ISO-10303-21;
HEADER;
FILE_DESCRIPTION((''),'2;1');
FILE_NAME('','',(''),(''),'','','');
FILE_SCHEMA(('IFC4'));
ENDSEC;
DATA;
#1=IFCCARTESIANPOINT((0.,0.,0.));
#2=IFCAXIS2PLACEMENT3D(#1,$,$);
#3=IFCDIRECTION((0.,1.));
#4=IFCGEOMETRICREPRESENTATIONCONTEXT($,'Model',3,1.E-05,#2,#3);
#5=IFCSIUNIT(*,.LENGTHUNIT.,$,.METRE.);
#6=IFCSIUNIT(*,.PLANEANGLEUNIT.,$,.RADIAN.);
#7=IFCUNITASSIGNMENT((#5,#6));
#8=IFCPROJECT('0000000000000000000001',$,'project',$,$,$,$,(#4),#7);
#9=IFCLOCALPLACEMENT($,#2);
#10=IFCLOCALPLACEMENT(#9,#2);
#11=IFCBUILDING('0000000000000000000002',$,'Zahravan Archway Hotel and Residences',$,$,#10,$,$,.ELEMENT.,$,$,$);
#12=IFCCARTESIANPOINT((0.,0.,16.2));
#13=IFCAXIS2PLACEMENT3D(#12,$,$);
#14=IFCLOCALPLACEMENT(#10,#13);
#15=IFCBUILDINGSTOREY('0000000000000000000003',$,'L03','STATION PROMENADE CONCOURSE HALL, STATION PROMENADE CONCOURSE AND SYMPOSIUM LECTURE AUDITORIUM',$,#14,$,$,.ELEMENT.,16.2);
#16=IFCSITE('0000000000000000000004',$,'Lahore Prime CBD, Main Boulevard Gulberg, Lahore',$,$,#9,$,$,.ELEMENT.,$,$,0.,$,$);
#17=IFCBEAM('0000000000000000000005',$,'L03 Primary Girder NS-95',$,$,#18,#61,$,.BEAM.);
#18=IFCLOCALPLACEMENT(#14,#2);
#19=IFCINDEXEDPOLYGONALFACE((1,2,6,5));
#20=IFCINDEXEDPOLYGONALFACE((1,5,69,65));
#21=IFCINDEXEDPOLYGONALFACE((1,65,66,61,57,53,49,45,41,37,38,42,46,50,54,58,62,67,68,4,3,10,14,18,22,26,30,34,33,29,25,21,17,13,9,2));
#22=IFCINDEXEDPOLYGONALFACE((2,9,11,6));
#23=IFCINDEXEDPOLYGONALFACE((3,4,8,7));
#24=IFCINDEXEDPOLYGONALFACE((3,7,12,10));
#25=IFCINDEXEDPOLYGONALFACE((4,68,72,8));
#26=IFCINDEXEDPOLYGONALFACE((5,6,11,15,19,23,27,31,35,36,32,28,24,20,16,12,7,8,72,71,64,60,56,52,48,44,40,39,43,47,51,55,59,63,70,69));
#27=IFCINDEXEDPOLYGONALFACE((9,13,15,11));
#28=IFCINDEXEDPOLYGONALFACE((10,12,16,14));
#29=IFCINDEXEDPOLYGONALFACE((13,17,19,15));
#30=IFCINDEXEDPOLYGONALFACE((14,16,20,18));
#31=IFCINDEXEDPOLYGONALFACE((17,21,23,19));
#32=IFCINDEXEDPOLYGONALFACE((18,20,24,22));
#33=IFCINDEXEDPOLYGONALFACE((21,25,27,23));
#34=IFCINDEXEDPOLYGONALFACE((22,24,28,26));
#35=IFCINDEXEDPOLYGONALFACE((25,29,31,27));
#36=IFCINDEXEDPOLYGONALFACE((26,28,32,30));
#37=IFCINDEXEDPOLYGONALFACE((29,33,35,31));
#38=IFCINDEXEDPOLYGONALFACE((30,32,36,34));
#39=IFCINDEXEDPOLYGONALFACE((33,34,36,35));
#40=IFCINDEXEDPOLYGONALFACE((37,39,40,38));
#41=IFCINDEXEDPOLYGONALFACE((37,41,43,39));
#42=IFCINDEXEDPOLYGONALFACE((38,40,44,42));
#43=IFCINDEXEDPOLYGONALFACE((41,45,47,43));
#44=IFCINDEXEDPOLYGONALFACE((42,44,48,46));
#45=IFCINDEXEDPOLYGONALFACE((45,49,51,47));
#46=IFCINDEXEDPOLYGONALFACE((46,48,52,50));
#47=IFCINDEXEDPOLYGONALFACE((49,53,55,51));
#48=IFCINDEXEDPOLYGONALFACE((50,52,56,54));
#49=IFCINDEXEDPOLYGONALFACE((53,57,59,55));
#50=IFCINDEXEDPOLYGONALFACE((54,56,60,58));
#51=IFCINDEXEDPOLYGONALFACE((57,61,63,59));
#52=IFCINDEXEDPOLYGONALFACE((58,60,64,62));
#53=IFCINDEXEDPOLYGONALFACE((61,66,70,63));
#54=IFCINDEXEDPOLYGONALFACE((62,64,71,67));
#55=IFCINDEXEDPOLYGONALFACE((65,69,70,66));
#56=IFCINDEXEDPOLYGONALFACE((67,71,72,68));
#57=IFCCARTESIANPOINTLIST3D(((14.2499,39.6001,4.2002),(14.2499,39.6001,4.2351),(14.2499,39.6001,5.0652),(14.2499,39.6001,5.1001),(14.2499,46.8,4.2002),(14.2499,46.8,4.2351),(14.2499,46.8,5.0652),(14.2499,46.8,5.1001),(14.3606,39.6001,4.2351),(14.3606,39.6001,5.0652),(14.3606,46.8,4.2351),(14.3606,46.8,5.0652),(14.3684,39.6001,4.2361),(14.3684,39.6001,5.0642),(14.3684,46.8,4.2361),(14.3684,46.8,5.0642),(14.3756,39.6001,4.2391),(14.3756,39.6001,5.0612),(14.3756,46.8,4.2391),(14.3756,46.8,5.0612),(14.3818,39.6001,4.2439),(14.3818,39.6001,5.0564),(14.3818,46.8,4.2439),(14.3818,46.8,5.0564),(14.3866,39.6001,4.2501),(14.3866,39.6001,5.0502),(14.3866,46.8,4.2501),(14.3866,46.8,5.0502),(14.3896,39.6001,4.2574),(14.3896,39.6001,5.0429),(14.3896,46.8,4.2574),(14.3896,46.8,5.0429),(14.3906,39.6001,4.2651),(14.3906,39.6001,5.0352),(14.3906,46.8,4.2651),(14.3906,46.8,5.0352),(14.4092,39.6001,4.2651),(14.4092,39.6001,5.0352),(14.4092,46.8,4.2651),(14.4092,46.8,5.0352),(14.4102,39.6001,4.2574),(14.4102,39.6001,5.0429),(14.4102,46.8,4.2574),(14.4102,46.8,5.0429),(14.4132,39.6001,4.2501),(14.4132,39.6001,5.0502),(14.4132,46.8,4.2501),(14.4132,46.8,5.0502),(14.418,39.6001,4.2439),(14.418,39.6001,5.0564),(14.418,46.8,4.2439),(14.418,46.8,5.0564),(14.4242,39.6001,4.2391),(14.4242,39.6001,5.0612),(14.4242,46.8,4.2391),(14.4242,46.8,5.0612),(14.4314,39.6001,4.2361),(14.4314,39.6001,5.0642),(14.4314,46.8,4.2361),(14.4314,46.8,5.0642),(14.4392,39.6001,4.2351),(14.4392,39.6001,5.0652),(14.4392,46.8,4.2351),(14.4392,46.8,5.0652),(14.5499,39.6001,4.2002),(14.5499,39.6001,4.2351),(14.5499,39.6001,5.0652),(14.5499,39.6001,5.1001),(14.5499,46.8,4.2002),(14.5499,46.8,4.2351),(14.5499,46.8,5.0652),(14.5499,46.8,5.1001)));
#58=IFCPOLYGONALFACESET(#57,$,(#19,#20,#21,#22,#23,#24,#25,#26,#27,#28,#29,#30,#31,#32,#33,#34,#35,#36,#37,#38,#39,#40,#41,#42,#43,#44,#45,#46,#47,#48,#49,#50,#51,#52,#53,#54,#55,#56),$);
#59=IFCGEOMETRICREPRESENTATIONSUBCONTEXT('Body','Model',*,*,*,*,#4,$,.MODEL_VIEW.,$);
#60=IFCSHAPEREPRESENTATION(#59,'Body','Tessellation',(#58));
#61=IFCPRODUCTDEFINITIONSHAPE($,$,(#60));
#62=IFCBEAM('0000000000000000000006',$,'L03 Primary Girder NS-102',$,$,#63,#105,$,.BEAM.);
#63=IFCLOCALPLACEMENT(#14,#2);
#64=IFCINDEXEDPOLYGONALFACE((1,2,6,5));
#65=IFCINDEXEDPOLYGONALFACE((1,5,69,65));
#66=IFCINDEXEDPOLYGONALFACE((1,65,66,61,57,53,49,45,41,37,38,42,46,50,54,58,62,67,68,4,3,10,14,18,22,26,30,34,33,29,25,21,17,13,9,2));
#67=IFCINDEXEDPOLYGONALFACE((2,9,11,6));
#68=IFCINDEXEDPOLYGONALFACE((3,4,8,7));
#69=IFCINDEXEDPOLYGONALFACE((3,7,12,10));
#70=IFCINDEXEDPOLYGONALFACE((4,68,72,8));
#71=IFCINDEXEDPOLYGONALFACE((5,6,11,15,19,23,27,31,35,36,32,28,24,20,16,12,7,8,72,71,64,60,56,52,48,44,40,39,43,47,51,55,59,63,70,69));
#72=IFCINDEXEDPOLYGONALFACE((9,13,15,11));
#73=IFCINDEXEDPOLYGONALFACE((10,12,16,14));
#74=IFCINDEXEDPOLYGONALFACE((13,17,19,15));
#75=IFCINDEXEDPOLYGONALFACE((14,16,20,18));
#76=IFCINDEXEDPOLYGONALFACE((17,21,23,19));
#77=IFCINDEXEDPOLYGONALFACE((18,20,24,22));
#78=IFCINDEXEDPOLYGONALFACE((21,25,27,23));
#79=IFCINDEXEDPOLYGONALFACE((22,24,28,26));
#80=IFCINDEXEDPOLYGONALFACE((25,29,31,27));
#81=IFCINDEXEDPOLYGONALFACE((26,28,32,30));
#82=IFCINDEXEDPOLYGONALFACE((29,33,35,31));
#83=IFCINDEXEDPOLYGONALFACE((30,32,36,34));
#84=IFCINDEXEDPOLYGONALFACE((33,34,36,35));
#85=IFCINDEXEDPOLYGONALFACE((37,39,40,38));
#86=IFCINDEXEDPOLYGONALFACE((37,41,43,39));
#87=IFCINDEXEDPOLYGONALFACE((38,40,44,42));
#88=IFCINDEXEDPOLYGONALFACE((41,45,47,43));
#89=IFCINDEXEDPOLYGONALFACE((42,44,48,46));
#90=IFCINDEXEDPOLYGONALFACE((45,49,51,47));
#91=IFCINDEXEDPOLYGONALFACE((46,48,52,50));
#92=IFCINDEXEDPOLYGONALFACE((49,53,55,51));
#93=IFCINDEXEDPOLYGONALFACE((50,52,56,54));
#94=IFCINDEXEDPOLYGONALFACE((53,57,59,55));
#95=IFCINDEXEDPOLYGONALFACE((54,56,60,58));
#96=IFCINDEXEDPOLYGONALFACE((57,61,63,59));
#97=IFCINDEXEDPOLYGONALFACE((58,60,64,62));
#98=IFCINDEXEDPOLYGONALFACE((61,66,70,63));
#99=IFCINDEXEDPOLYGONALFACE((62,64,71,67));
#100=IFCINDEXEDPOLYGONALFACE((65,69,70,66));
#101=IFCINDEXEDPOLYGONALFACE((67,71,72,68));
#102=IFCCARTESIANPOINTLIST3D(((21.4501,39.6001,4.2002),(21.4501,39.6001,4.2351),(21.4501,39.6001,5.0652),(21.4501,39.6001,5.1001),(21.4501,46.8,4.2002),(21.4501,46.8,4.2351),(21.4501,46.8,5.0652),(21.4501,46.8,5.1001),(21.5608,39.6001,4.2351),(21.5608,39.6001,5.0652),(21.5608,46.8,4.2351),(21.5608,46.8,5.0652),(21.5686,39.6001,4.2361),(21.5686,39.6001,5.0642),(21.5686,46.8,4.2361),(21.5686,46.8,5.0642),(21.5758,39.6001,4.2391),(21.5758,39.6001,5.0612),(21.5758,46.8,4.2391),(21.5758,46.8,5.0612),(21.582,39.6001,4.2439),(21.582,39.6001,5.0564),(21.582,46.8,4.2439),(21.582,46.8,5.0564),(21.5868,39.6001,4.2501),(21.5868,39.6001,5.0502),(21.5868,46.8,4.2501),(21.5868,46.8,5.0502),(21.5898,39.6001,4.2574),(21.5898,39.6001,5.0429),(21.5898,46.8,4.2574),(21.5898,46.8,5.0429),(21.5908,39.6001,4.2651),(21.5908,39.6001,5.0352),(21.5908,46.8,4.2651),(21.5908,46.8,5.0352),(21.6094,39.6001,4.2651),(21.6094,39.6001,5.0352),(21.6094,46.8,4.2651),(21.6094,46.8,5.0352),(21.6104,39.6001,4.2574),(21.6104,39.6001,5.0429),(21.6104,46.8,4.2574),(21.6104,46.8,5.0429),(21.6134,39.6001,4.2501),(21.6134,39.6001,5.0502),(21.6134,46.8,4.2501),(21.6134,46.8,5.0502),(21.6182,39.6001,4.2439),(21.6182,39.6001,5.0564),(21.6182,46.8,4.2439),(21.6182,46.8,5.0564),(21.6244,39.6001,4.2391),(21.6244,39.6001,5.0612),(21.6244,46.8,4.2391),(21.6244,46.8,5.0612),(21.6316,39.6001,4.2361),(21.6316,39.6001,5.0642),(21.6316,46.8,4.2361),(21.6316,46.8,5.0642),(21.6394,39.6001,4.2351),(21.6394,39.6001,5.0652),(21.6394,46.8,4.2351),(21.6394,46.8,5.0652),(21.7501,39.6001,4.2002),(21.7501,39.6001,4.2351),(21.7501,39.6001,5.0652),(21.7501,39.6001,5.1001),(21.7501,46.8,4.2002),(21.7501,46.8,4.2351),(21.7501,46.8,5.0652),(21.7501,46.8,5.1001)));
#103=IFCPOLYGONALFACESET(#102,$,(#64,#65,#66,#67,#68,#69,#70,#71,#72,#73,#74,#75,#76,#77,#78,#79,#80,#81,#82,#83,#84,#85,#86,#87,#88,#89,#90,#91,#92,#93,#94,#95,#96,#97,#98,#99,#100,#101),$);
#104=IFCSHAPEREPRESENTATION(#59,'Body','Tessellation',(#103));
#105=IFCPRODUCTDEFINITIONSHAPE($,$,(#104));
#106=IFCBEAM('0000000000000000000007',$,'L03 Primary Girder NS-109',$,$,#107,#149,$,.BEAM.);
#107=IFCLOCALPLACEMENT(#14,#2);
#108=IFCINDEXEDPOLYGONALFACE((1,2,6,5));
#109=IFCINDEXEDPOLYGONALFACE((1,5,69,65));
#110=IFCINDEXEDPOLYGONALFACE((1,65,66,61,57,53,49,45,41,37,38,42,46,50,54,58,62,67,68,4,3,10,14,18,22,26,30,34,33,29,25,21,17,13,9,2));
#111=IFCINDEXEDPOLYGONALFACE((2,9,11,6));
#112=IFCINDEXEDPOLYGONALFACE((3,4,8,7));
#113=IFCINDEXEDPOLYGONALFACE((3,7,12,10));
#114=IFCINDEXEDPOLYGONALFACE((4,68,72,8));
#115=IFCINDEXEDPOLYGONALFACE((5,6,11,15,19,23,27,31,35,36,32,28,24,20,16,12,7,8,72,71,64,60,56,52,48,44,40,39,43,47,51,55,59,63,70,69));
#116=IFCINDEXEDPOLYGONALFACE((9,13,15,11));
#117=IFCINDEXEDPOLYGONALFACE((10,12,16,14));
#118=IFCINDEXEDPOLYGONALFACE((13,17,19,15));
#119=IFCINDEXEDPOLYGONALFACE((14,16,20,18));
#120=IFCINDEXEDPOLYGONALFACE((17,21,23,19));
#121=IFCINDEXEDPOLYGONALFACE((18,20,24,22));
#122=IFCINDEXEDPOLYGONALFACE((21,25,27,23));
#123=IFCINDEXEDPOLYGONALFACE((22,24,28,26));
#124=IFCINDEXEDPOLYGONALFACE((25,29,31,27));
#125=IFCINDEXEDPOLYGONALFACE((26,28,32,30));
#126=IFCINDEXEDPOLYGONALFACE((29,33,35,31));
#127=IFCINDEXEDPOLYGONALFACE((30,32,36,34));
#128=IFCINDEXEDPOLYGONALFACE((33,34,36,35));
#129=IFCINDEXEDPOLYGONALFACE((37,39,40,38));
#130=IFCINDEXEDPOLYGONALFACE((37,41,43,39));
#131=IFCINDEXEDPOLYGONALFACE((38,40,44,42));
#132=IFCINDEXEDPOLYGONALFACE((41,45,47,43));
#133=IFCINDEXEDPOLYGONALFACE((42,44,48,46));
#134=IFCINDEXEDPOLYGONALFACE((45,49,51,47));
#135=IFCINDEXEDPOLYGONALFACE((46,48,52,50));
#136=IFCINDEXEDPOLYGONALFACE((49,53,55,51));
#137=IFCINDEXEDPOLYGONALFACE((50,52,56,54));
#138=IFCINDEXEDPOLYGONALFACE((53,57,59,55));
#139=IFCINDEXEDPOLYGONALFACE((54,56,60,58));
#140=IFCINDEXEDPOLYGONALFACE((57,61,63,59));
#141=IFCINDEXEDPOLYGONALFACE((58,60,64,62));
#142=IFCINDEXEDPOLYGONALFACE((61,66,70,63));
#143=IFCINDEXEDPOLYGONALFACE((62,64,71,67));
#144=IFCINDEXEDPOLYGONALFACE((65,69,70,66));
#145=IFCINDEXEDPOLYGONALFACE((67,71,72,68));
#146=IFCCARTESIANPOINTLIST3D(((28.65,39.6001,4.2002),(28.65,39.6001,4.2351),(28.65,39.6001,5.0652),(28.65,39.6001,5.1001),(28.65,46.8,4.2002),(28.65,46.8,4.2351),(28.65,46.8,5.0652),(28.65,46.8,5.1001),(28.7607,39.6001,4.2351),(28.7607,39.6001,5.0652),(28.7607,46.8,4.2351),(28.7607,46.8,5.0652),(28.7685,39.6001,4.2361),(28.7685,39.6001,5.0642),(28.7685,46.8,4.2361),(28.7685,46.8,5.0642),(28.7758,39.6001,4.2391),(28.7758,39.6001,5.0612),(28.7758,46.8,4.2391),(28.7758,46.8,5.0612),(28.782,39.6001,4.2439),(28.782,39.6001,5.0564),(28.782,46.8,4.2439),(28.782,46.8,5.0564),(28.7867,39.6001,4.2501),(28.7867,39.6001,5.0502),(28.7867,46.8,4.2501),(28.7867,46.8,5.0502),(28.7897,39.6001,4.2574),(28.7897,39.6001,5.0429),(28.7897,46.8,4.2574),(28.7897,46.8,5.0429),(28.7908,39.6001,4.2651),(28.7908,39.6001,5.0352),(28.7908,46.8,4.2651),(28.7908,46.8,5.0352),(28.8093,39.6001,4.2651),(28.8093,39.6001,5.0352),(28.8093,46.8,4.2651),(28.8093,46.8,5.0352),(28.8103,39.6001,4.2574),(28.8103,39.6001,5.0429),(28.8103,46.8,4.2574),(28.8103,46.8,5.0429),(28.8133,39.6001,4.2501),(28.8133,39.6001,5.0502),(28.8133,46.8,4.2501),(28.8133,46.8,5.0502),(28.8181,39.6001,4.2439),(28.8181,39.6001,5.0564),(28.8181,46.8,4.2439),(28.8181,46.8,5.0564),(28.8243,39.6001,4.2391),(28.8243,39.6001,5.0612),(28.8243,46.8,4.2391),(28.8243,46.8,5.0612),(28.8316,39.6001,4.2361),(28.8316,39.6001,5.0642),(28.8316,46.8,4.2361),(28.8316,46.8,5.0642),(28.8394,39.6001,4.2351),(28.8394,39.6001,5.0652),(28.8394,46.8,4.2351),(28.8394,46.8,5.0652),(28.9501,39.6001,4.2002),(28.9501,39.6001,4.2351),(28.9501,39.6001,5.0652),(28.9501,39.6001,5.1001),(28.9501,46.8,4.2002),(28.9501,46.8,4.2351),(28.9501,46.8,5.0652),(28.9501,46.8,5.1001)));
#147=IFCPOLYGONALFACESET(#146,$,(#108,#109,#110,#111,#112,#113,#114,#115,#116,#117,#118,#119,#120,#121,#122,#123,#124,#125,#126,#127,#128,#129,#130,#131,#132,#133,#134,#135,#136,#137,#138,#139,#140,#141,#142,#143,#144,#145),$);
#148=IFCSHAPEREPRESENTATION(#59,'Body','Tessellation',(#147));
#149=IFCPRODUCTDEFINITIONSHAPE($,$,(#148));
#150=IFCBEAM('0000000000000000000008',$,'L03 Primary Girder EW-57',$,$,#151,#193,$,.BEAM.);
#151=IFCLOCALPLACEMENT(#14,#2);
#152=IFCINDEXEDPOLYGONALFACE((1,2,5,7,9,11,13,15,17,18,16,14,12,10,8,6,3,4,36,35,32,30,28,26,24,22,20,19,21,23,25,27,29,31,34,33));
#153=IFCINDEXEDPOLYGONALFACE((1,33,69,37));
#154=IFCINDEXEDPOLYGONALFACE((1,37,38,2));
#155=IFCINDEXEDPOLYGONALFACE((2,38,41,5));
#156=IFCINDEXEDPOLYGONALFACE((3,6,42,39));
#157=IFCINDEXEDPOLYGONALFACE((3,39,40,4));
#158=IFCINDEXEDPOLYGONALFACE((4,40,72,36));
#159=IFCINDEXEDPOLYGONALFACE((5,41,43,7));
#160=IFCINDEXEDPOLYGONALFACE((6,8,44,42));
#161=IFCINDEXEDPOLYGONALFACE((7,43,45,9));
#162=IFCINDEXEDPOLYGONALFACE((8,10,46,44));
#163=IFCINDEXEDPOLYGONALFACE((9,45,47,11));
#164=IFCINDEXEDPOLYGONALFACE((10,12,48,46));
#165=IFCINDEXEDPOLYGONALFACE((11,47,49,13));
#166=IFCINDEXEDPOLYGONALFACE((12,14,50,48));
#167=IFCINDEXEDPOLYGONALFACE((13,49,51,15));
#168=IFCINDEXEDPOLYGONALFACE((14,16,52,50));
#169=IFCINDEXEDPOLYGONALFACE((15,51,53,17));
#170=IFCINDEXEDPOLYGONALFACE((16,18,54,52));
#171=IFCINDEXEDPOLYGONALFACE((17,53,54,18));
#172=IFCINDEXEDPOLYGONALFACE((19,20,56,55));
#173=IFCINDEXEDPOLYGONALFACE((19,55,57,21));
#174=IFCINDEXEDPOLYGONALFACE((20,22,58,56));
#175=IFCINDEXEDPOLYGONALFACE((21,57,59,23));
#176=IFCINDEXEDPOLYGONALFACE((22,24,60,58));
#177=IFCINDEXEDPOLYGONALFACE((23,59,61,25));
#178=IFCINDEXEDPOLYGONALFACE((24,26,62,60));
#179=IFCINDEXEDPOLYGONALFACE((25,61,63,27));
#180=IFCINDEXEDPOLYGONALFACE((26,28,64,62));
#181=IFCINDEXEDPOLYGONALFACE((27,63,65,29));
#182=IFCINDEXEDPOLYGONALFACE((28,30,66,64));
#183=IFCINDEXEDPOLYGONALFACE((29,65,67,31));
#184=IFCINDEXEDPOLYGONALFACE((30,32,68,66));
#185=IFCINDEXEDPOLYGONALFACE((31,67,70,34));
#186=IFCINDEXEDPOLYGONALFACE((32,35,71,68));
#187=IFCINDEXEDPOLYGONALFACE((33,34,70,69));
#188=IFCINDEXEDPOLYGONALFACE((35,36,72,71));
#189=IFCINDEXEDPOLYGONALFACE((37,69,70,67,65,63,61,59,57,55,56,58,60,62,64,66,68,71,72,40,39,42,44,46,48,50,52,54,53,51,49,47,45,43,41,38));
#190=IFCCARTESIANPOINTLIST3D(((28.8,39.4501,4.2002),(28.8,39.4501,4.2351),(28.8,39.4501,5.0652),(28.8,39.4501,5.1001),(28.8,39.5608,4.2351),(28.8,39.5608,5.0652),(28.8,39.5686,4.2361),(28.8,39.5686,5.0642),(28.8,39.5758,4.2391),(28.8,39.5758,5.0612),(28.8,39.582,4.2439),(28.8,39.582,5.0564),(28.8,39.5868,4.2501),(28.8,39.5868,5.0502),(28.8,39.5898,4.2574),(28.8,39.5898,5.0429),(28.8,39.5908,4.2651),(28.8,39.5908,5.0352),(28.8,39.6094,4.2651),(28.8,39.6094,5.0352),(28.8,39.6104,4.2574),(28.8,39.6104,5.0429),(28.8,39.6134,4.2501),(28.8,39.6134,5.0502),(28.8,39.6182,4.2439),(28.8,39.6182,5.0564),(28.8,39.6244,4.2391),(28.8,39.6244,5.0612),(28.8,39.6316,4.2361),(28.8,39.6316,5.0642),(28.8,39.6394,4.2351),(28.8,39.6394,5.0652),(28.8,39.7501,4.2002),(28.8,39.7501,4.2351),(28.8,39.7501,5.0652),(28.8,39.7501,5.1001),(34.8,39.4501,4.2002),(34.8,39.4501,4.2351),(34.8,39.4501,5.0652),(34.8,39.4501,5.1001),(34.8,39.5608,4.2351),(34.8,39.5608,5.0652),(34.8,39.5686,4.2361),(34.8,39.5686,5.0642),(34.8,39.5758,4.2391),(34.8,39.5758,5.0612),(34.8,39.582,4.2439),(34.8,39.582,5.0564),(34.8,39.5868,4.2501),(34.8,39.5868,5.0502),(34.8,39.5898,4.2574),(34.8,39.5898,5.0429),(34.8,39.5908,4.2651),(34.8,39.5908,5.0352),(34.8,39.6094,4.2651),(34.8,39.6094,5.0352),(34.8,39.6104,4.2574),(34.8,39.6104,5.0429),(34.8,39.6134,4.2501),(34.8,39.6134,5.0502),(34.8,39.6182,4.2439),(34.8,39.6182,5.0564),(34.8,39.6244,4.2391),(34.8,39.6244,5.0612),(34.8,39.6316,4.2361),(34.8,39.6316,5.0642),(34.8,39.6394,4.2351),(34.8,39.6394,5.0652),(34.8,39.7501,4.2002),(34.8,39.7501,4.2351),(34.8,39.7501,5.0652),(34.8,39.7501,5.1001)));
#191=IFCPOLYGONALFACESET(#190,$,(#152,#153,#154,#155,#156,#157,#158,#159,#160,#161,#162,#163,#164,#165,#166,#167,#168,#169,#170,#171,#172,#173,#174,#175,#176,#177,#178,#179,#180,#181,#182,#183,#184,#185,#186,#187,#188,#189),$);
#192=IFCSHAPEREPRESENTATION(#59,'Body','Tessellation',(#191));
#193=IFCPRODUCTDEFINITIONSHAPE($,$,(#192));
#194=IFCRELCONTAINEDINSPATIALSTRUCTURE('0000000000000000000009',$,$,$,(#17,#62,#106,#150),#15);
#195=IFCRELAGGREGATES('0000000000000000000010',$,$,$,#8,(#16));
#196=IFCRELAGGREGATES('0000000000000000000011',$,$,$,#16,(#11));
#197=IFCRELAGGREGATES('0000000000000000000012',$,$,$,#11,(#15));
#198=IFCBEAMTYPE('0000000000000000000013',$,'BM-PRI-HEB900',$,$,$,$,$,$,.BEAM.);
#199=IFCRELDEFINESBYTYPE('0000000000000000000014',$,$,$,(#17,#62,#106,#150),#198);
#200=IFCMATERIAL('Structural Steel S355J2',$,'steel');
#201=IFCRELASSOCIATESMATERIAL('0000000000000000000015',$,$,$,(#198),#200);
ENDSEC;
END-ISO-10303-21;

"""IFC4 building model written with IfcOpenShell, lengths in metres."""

from ifc_helpers import new_model, si_unit, direction, frame, origin, origin_2d, place, context, subcontext, project, spatial, i_section, extrude, source, transform, mapped, material, material_profile, profile_set, type_object, element, save


model = new_model("IFC4")

# Units and contexts
model_context = context("Model", 3, precision=1e-05, world=origin(), true_north=direction((0.0, 1.0)))
body_context = subcontext(model_context, "Body", "Model", "MODEL_VIEW")
ifc_project = project(units=[si_unit("LENGTHUNIT", "METRE"), si_unit("PLANEANGLEUNIT", "RADIAN")], contexts=[model_context])

# Site, building, storey
site_placement = place(None, origin())
site = spatial("IfcSite", under=ifc_project, at=site_placement, Name="Lahore Prime CBD, Main Boulevard Gulberg, Lahore", CompositionType="ELEMENT", RefElevation=0.0)
building_placement = place(site_placement, origin())
building = spatial("IfcBuilding", under=site, at=building_placement, Name="Zahravan Archway Hotel and Residences", CompositionType="ELEMENT")
storey_placement = place(building_placement, frame((0.0, 0.0, 16.2)))
storey = spatial("IfcBuildingStorey", under=building, at=storey_placement, Name="L03", Description="STATION PROMENADE CONCOURSE HALL, STATION PROMENADE CONCOURSE AND SYMPOSIUM LECTURE AUDITORIUM", CompositionType="ELEMENT", Elevation=16.2)

# Beams
ifc_material_1 = material(Name="Structural Steel S355J2", Category="steel")
ifc_material_profile_1 = material_profile(ifc_material_1, i_section(OverallWidth=0.3, OverallDepth=0.8999, WebThickness=0.0186, FlangeThickness=0.0349, FilletRadius=0.03, at=origin_2d()), Name="HEB 900", Category="steel")
ifc_profile_set_1 = profile_set([ifc_material_profile_1], Name="Structural Steel S355J2")
beam_type_1 = type_object("IfcBeamType", Name="BM-PRI-HEB900", PredefinedType="BEAM", material=ifc_profile_set_1)
shared_shape_1 = source(origin(), body_context, "Body", "SweptSolid", [
    extrude(i_section(OverallWidth=0.3, OverallDepth=0.8999, WebThickness=0.0186, FlangeThickness=0.0349, FilletRadius=0.03, at=origin_2d()), origin(), (0.0, 0.0, 1.0), 7.2),
])
for number, where, z_axis, x_axis, name in (
    (1, (14.3999, 39.6001, 4.6501), (0.0, 1.0, 0.0), (-1.0, 0.0, 0.0), "L03 Primary Girder NS-95"),
    (2, (21.6001, 39.6001, 4.6501), (0.0, 1.0, 0.0), (-1.0, 0.0, 0.0), "L03 Primary Girder NS-102"),
    (3, (28.8, 39.6001, 4.6501), (0.0, 1.0, 0.0), (-1.0, 0.0, 0.0), "L03 Primary Girder NS-109"),
):
    element("IfcBeam", number, at=place(storey_placement, frame(where, z_axis=z_axis, x_axis=x_axis)), inside=storey, type_object=beam_type_1, Name=name, PredefinedType="BEAM", context=body_context, shape_type="MappedRepresentation", body=[
        mapped(shared_shape_1, transform((0.0, 0.0, 0.0), scale=1.0)),
    ])
shared_shape_2 = source(origin(), body_context, "Body", "SweptSolid", [
    extrude(i_section(OverallWidth=0.3, OverallDepth=0.8999, WebThickness=0.0186, FlangeThickness=0.0349, FilletRadius=0.03, at=origin_2d()), origin(), (0.0, 0.0, 1.0), 6.0),
])
for number, where, z_axis, x_axis, name in (
    (4, (28.8, 39.6001, 4.6501), (1.0, 0.0, 0.0), (0.0, 1.0, 0.0), "L03 Primary Girder EW-57"),
):
    element("IfcBeam", number, at=place(storey_placement, frame(where, z_axis=z_axis, x_axis=x_axis)), inside=storey, type_object=beam_type_1, Name=name, PredefinedType="BEAM", context=body_context, shape_type="MappedRepresentation", body=[
        mapped(shared_shape_2, transform((0.0, 0.0, 0.0), scale=1.0)),
    ])

save(model, "model.ifc")
